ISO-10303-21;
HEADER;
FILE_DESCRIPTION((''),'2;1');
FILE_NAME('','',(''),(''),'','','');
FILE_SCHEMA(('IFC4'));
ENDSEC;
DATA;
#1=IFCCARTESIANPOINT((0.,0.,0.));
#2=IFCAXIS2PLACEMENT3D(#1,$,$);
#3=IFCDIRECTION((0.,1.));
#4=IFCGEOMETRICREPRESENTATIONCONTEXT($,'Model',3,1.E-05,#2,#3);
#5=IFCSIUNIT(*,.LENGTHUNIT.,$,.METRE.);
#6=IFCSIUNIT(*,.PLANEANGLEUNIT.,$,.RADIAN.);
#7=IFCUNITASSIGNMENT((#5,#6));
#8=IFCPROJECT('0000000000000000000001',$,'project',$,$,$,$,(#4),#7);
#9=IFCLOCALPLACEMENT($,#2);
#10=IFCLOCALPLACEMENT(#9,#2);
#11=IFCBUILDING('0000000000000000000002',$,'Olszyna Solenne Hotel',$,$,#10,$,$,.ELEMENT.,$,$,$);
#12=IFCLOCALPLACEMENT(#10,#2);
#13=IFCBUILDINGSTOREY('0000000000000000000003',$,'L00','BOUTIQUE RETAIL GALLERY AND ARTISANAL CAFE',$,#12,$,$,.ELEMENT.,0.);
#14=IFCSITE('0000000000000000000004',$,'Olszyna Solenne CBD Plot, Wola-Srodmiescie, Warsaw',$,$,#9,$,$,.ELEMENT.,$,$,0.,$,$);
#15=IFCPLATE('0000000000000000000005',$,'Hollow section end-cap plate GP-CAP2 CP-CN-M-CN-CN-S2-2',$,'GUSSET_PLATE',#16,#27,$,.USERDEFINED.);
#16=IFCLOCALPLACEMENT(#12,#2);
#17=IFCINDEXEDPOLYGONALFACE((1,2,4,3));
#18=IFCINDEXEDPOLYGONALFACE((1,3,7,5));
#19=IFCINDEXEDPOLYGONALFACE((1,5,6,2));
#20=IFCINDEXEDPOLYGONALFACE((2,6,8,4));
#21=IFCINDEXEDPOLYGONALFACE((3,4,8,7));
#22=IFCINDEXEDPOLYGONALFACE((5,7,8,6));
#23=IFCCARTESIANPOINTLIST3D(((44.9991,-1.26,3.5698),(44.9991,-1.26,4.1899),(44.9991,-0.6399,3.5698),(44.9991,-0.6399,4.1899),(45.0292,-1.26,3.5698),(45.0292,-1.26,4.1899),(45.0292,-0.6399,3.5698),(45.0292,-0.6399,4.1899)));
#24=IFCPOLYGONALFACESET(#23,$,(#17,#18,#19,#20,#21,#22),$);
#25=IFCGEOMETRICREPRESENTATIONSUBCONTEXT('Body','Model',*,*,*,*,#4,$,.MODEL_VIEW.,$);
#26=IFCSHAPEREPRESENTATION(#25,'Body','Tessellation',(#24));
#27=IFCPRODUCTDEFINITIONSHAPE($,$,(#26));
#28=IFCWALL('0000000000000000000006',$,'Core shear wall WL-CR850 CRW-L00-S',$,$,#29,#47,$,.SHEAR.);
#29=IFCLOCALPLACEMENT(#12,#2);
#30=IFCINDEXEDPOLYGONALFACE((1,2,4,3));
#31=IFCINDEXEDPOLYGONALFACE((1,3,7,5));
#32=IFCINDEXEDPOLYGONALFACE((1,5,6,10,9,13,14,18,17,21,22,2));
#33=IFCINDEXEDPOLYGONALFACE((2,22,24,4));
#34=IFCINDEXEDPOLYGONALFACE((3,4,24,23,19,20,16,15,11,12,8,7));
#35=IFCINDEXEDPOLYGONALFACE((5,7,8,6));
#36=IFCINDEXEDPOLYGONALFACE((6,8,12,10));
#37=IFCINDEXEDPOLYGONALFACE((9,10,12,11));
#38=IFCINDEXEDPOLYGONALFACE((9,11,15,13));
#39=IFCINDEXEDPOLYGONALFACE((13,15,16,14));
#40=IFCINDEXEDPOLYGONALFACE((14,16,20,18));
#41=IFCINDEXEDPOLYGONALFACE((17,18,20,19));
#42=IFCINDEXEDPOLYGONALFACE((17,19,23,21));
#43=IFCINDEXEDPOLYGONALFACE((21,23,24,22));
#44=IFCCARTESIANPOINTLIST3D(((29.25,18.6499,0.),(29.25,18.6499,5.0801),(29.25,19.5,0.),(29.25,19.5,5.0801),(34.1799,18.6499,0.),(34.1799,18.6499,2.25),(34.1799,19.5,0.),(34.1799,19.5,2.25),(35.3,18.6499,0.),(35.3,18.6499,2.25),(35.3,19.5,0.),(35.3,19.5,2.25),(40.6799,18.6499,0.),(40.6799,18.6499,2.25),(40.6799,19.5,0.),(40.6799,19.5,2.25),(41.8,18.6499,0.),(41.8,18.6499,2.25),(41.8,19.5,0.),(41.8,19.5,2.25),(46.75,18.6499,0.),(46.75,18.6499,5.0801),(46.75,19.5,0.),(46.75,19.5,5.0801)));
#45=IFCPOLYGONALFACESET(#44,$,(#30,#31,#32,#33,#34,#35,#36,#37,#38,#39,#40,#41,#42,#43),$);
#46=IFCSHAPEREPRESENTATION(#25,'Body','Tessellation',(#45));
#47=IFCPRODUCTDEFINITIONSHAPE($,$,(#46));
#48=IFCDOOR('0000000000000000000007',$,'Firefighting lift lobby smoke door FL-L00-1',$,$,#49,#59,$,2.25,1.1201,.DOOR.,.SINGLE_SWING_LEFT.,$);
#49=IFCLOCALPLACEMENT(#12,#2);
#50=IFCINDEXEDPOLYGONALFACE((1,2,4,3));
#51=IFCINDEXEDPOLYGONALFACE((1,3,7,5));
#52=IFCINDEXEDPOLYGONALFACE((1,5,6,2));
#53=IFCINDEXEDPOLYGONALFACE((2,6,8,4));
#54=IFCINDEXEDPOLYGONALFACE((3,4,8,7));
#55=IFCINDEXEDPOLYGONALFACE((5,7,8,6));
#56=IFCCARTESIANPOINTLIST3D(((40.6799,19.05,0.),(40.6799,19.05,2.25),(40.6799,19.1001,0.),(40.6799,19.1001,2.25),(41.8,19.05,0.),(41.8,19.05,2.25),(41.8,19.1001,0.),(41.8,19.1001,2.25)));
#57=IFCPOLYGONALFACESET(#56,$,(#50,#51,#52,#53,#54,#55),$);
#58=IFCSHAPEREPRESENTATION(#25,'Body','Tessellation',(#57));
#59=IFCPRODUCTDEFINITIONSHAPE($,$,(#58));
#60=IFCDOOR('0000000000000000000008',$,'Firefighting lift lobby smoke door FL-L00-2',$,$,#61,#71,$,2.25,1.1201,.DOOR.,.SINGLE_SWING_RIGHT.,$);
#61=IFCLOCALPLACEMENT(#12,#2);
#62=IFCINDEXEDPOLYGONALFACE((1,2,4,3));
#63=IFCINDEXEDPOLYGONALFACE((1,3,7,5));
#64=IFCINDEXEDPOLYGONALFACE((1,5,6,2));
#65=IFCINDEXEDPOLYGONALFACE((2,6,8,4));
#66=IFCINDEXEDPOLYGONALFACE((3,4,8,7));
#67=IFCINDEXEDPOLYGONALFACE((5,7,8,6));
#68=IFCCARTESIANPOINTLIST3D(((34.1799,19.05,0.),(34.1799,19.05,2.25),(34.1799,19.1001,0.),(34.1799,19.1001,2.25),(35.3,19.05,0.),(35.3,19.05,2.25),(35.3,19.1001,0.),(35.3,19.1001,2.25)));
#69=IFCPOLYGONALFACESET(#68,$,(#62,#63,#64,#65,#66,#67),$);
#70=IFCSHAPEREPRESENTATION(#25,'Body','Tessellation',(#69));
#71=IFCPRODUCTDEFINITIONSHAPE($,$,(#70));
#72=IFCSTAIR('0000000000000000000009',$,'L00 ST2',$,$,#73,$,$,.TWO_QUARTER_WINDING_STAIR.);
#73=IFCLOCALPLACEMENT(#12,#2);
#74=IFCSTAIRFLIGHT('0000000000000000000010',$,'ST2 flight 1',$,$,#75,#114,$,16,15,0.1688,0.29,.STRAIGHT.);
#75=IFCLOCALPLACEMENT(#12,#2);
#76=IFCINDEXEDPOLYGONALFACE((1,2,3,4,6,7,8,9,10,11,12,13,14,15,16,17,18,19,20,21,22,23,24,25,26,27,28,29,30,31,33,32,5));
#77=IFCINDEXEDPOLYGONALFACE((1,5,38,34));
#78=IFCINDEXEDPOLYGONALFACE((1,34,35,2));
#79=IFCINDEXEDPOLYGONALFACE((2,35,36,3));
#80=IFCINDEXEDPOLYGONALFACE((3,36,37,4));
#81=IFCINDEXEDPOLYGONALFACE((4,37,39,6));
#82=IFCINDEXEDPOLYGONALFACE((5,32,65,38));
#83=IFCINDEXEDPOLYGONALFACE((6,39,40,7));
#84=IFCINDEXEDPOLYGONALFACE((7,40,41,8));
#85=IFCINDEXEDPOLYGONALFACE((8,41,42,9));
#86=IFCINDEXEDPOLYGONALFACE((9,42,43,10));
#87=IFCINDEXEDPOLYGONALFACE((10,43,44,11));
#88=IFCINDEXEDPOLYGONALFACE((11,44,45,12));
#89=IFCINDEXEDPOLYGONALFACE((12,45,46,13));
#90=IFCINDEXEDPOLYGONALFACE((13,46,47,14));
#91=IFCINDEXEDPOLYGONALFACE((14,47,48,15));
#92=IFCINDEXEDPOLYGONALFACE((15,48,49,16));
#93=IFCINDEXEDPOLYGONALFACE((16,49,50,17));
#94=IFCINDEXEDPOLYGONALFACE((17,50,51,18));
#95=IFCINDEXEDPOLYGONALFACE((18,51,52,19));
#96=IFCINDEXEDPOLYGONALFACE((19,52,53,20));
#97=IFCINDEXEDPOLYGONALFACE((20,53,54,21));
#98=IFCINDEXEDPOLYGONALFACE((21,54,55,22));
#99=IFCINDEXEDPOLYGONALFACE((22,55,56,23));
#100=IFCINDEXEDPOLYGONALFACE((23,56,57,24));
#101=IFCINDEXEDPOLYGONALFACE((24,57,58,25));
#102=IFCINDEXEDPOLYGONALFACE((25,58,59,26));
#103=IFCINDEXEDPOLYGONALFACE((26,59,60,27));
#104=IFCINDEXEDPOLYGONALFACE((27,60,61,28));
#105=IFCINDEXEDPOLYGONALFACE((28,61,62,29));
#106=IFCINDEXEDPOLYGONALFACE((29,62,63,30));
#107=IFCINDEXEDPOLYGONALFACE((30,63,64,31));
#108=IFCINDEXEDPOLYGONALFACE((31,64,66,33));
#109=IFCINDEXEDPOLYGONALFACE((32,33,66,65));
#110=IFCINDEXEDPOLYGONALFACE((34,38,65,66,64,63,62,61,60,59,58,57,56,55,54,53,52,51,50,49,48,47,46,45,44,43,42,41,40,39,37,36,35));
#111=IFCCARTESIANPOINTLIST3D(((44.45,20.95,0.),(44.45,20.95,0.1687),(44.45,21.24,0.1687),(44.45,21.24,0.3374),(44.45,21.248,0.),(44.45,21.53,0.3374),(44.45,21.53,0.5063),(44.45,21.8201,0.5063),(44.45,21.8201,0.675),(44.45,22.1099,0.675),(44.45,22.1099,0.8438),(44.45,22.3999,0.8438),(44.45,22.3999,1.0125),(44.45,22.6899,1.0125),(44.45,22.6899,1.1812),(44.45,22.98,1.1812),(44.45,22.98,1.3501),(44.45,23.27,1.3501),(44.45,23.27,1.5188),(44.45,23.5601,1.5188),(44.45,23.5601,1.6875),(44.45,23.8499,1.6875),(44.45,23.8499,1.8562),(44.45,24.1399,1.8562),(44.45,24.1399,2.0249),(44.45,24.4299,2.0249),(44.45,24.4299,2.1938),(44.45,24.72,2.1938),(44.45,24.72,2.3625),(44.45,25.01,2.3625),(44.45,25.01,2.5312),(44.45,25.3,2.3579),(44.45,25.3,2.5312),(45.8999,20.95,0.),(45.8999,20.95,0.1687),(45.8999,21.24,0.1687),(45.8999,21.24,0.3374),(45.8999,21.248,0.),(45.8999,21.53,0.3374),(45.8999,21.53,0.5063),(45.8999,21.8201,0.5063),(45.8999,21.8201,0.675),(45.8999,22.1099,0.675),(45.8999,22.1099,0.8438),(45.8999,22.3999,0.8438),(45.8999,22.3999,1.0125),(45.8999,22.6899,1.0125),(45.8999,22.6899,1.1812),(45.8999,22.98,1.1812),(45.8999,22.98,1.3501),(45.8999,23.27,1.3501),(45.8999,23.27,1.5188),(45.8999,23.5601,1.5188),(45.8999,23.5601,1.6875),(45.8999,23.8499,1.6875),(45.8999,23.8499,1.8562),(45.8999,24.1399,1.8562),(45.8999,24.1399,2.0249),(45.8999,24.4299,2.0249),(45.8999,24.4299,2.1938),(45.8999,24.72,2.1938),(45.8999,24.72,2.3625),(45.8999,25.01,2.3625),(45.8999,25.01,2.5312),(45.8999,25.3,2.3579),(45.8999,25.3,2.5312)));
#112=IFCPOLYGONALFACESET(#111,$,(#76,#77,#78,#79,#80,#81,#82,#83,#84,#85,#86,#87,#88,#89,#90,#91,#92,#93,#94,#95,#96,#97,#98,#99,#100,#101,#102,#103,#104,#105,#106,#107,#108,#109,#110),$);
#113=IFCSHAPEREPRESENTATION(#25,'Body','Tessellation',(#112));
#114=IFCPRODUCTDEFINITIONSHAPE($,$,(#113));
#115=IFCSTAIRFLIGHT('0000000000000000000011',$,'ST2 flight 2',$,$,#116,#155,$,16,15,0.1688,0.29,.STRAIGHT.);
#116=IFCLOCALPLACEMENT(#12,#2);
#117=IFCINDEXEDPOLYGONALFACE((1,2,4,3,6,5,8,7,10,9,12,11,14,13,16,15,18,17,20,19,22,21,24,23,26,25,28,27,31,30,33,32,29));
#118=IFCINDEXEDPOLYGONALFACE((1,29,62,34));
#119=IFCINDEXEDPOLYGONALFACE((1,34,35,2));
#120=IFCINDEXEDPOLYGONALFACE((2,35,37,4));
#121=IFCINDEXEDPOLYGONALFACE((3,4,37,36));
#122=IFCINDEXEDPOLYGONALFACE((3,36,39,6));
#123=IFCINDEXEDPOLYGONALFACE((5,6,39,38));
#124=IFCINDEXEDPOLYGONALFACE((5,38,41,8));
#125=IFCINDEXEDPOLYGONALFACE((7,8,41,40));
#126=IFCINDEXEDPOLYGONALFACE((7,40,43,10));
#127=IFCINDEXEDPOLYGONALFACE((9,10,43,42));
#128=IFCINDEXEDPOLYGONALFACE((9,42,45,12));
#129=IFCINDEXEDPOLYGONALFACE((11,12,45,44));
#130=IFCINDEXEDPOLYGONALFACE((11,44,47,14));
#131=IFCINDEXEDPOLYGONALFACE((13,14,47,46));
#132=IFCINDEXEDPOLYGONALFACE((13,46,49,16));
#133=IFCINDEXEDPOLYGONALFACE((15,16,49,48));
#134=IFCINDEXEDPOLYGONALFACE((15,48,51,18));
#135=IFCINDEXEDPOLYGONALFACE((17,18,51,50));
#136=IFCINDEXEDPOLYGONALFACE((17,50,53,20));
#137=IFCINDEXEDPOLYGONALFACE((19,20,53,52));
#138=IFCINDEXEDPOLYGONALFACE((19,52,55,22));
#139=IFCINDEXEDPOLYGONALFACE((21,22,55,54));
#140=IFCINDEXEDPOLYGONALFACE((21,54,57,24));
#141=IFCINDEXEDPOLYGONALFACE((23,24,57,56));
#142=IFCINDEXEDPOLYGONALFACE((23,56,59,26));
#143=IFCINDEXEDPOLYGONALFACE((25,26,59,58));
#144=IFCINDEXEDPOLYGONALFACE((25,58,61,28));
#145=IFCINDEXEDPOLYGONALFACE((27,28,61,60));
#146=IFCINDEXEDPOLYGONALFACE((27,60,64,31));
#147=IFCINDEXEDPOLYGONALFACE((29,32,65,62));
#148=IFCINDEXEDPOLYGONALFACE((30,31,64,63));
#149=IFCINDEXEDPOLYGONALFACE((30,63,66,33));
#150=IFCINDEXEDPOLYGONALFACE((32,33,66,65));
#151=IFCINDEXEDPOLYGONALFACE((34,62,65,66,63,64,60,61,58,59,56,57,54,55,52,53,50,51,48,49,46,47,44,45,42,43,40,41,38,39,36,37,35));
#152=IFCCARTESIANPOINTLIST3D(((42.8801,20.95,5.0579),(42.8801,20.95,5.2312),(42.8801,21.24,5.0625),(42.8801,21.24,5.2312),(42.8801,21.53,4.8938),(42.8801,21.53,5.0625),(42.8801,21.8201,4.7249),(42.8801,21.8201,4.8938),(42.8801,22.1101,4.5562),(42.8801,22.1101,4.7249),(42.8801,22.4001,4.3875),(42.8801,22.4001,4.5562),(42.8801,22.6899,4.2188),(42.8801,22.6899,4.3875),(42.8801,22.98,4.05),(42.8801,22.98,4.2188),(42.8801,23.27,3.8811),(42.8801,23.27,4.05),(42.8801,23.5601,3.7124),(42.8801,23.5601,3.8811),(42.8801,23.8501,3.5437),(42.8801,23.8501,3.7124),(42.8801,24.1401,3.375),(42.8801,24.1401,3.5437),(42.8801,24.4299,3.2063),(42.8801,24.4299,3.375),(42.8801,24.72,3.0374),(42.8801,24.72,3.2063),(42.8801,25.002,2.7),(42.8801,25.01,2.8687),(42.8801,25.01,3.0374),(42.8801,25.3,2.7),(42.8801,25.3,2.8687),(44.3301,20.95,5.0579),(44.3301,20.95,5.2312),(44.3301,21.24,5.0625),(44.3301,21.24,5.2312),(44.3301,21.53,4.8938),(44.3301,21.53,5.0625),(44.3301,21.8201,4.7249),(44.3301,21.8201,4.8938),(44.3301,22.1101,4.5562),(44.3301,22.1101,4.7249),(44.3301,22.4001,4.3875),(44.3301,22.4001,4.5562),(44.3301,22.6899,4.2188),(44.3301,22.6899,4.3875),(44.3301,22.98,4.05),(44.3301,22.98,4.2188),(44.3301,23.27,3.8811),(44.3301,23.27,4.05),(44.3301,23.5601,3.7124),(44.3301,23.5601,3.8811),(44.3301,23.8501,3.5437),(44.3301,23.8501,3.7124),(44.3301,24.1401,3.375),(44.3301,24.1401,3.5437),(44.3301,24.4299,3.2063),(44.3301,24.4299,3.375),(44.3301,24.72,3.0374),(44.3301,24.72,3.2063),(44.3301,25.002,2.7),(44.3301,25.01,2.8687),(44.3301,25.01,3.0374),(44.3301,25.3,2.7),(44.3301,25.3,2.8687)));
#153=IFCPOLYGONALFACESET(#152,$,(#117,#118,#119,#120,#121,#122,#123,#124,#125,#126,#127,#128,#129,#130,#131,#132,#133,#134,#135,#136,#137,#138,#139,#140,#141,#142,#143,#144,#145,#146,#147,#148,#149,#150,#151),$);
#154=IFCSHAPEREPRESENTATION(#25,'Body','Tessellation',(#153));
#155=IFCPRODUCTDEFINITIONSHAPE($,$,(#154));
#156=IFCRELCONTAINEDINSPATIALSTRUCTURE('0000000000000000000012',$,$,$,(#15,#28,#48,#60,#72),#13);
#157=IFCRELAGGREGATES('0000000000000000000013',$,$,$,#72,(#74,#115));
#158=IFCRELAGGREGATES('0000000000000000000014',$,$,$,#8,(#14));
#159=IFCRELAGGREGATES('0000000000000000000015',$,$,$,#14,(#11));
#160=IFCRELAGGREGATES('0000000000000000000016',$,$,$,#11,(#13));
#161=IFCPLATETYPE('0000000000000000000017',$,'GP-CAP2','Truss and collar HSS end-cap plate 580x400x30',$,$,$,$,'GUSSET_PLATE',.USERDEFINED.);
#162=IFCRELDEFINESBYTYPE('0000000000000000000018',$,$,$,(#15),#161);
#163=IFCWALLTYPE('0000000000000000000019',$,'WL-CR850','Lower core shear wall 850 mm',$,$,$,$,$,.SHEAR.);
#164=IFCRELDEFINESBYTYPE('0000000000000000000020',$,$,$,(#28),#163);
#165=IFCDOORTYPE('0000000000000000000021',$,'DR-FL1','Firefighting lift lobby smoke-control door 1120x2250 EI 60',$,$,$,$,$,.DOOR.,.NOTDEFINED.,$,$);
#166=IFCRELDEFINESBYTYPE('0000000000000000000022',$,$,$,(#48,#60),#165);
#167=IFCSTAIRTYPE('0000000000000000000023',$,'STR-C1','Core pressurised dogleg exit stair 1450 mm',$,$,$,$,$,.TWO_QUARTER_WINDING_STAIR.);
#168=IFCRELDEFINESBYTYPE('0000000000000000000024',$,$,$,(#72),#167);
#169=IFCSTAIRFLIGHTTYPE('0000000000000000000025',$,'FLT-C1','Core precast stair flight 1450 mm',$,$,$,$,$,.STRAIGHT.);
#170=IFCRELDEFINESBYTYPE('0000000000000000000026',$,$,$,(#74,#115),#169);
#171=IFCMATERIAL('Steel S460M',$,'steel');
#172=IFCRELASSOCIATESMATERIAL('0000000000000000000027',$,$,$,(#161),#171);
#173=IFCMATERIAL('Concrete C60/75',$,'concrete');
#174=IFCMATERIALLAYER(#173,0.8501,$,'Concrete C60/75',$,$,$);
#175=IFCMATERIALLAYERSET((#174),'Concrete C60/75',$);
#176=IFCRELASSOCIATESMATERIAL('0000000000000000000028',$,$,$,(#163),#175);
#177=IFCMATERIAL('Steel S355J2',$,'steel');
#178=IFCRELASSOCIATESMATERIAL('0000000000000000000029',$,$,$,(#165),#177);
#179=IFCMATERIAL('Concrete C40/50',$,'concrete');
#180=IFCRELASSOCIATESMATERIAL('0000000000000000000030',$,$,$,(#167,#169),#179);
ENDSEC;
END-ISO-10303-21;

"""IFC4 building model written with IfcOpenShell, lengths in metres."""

from ifc_helpers import new_model, si_unit, direction, frame, frame_2d, origin, origin_2d, place, context, subcontext, project, spatial, polyline, rectangle, outline, extrude, source, transform, mapped, material, layer, layer_set, type_object, type_shapes, element, fill, aggregate, save


model = new_model("IFC4")

# Units and contexts
model_context = context("Model", 3, precision=1e-05, world=origin(), true_north=direction((0.0, 1.0)))
body_context = subcontext(model_context, "Body", "Model", "MODEL_VIEW")
ifc_project = project(units=[si_unit("LENGTHUNIT", "METRE"), si_unit("PLANEANGLEUNIT", "RADIAN")], contexts=[model_context])

# Site, building, storey
site_placement = place(None, origin())
site = spatial("IfcSite", under=ifc_project, at=site_placement, Name="Olszyna Solenne CBD Plot, Wola-Srodmiescie, Warsaw", CompositionType="ELEMENT", RefElevation=0.0)
building_placement = place(site_placement, origin())
building = spatial("IfcBuilding", under=site, at=building_placement, Name="Olszyna Solenne Hotel", CompositionType="ELEMENT")
storey_placement = place(building_placement, origin())
storey = spatial("IfcBuildingStorey", under=building, at=storey_placement, Name="L00", Description="BOUTIQUE RETAIL GALLERY AND ARTISANAL CAFE", CompositionType="ELEMENT", Elevation=0.0)

# Shared definitions
ifc_material_1 = material(Name="Steel S460M", Category="steel")
ifc_material_2 = material(Name="Steel S355J2", Category="steel")

# Plate
plate_type = type_object("IfcPlateType", Name="GP-CAP2", Description="Truss and collar HSS end-cap plate 580x400x30", ElementType="GUSSET_PLATE", PredefinedType="USERDEFINED", material=ifc_material_1)
shared_shape_1 = source(origin(), body_context, "Body", "SweptSolid", [
    extrude(rectangle(XDim=0.03, YDim=0.6201, at=origin_2d()), origin(), (0.0, 0.0, 1.0), 0.6201),
])
plate_placement = place(storey_placement, frame((45.0142, -0.95, 3.5698), z_axis=(0.0, 0.0, 1.0), x_axis=(1.0, 0.0, 0.0)))
element("IfcPlate", 1, at=plate_placement, inside=storey, type_object=plate_type, Name="Hollow section end-cap plate GP-CAP2 CP-CN-M-CN-CN-S2-2", ObjectType="GUSSET_PLATE", PredefinedType="USERDEFINED", context=body_context, shape_type="MappedRepresentation", body=[
    mapped(shared_shape_1, transform((0.0, 0.0, 0.0), x_axis=(1.0, 0.0, 0.0), y_axis=(0.0, 1.0, 0.0), z_axis=(0.0, 0.0, 1.0), scale=1.0)),
])

# Wall, openings, doors
ifc_material_3 = material(Name="Concrete C60/75", Category="concrete")
ifc_layer = layer(ifc_material_3, 0.8501, Name="Concrete C60/75")
ifc_layer_set = layer_set([ifc_layer], Name="Concrete C60/75")
wall_type = type_object("IfcWallType", Name="WL-CR850", Description="Lower core shear wall 850 mm", PredefinedType="SHEAR", material=ifc_layer_set)
wall_placement = place(storey_placement, frame((46.75, 19.075, 0.0), z_axis=(0.0, 0.0, 1.0), x_axis=(-1.0, 0.0, 0.0)))
wall = element("IfcWall", 2, at=wall_placement, inside=storey, type_object=wall_type, Name="Core shear wall WL-CR850 CRW-L00-S", PredefinedType="SHEAR", context=body_context, shape_type="SweptSolid", body=[
    extrude(rectangle(XDim=17.5, YDim=0.8501, at=frame_2d((8.75, 0.0))), origin(), (0.0, 0.0, 1.0), 5.0801),
])
opening_1_placement = place(wall_placement, frame((4.95, 0.0, 0.0)))
opening_1 = element("IfcOpeningElement", 3, at=opening_1_placement, cuts=wall, PredefinedType="OPENING", context=body_context, shape_type="SweptSolid", body=[
    extrude(rectangle(XDim=1.1201, YDim=2.25, at=frame_2d((0.5601, 1.125))), frame((0.0, 0.4351, 0.0), z_axis=(0.0, -1.0, 0.0), x_axis=(1.0, 0.0, 0.0)), (0.0, 0.0, 1.0), 0.8701),
])
opening_2_placement = place(wall_placement, frame((11.45, 0.0, 0.0)))
opening_2 = element("IfcOpeningElement", 4, at=opening_2_placement, cuts=wall, PredefinedType="OPENING", context=body_context, shape_type="SweptSolid", body=[
    extrude(rectangle(XDim=1.1201, YDim=2.25, at=frame_2d((0.5601, 1.125))), frame((0.0, 0.4351, 0.0), z_axis=(0.0, -1.0, 0.0), x_axis=(1.0, 0.0, 0.0)), (0.0, 0.0, 1.0), 0.8701),
])
door_type = type_object("IfcDoorType", Name="DR-FL1", Description="Firefighting lift lobby smoke-control door 1120x2250 EI 60", OperationType="NOTDEFINED", PredefinedType="DOOR", material=ifc_material_2)
shared_shape_2 = source(origin(), body_context, "Body", "SweptSolid", [
    extrude(rectangle(XDim=1.1201, YDim=2.25, at=frame_2d((0.5601, 1.125))), frame((0.0, 0.0249, 0.0), z_axis=(0.0, -1.0, 0.0), x_axis=(1.0, 0.0, 0.0)), (0.0, 0.0, 1.0), 0.05),
])
type_shapes(door_type, [shared_shape_2])
door_1_placement = place(opening_1_placement, origin())
door_1 = element("IfcDoor", 5, at=door_1_placement, inside=storey, type_object=door_type, Name="Firefighting lift lobby smoke door FL-L00-1", OperationType="SINGLE_SWING_LEFT", OverallHeight=2.25, OverallWidth=1.1201, PredefinedType="DOOR", context=body_context, shape_type="MappedRepresentation", body=[
    mapped(shared_shape_2, transform((0.0, 0.0, 0.0), x_axis=(1.0, 0.0, 0.0), y_axis=(0.0, 1.0, 0.0), z_axis=(0.0, 0.0, 1.0), scale=1.0)),
])
fill(opening_1, door_1)
door_2_placement = place(opening_2_placement, origin())
door_2 = element("IfcDoor", 6, at=door_2_placement, inside=storey, type_object=door_type, Name="Firefighting lift lobby smoke door FL-L00-2", OperationType="SINGLE_SWING_RIGHT", OverallHeight=2.25, OverallWidth=1.1201, PredefinedType="DOOR", context=body_context, shape_type="MappedRepresentation", body=[
    mapped(shared_shape_2, transform((0.0, 0.0, 0.0), x_axis=(1.0, 0.0, 0.0), y_axis=(0.0, 1.0, 0.0), z_axis=(0.0, 0.0, 1.0), scale=1.0)),
])
fill(opening_2, door_2)

# Stair, stair flights
ifc_material_4 = material(Name="Concrete C40/50", Category="concrete")
stair_type = type_object("IfcStairType", Name="STR-C1", Description="Core pressurised dogleg exit stair 1450 mm", PredefinedType="TWO_QUARTER_WINDING_STAIR", material=ifc_material_4)
stair_placement = place(storey_placement, origin())
stair = element("IfcStair", 7, at=stair_placement, inside=storey, type_object=stair_type, Name="L00 ST2", PredefinedType="TWO_QUARTER_WINDING_STAIR")
stair_flight_type = type_object("IfcStairFlightType", Name="FLT-C1", Description="Core precast stair flight 1450 mm", PredefinedType="STRAIGHT", material=ifc_material_4)
stair_flight_1_placement = place(storey_placement, frame((45.175, 20.95, 0.0), z_axis=(0.0, 0.0, 1.0), x_axis=(0.0, 1.0, 0.0)))
stair_flight_1 = element("IfcStairFlight", 8, at=stair_flight_1_placement, type_object=stair_flight_type, Name="ST2 flight 1", NumberOfRisers=16, NumberOfTreads=15, PredefinedType="STRAIGHT", RiserHeight=0.1688, TreadLength=0.29, context=body_context, shape_type="SweptSolid", body=[
    extrude(outline(polyline([(0.0, 0.0), (0.0, 0.1687), (0.29, 0.1687), (0.29, 0.3374), (0.5801, 0.3374), (0.5801, 0.5063), (0.8701, 0.5063), (0.8701, 0.675), (1.1599, 0.675), (1.1599, 0.8438), (1.45, 0.8438), (1.45, 1.0125), (1.74, 1.0125), (1.74, 1.1812), (2.03, 1.1812), (2.03, 1.3501), (2.3201, 1.3501), (2.3201, 1.5188), (2.6101, 1.5188), (2.6101, 1.6875), (2.8999, 1.6875), (2.8999, 1.8562), (3.1899, 1.8562), (3.1899, 2.0249), (3.48, 2.0249), (3.48, 2.1938), (3.77, 2.1938), (3.77, 2.3625), (4.0601, 2.3625), (4.0601, 2.5312), (4.3501, 2.5312), (4.3501, 2.7), (4.3501, 2.3579), (0.2981, 0.0), (0.0, 0.0)])), frame((0.0, 0.7251, 0.0), z_axis=(0.0, -1.0, 0.0), x_axis=(1.0, 0.0, 0.0)), (0.0, 0.0, 1.0), 1.45),
])
stair_flight_2_placement = place(storey_placement, frame((43.605, 25.3, 2.7), z_axis=(0.0, 0.0, 1.0), x_axis=(0.0, -1.0, 0.0)))
stair_flight_2 = element("IfcStairFlight", 9, at=stair_flight_2_placement, type_object=stair_flight_type, Name="ST2 flight 2", NumberOfRisers=16, NumberOfTreads=15, PredefinedType="STRAIGHT", RiserHeight=0.1688, TreadLength=0.29, context=body_context, shape_type="SweptSolid", body=[
    extrude(outline(polyline([(0.0, 0.0), (0.0, 0.1687), (0.29, 0.1687), (0.29, 0.3374), (0.5801, 0.3374), (0.5801, 0.5063), (0.8701, 0.5063), (0.8701, 0.675), (1.1599, 0.675), (1.1599, 0.8438), (1.45, 0.8438), (1.45, 1.0125), (1.74, 1.0125), (1.74, 1.1812), (2.03, 1.1812), (2.03, 1.3501), (2.3201, 1.3501), (2.3201, 1.5188), (2.6101, 1.5188), (2.6101, 1.6875), (2.8999, 1.6875), (2.8999, 1.8562), (3.1899, 1.8562), (3.1899, 2.0249), (3.48, 2.0249), (3.48, 2.1938), (3.77, 2.1938), (3.77, 2.3625), (4.0601, 2.3625), (4.0601, 2.5312), (4.3501, 2.5312), (4.3501, 2.7), (4.3501, 2.3579), (0.2981, 0.0), (0.0, 0.0)])), frame((0.0, 0.7251, 0.0), z_axis=(0.0, -1.0, 0.0), x_axis=(1.0, 0.0, 0.0)), (0.0, 0.0, 1.0), 1.45),
])
aggregate(stair, [stair_flight_1, stair_flight_2])

save(model, "model.ifc")
